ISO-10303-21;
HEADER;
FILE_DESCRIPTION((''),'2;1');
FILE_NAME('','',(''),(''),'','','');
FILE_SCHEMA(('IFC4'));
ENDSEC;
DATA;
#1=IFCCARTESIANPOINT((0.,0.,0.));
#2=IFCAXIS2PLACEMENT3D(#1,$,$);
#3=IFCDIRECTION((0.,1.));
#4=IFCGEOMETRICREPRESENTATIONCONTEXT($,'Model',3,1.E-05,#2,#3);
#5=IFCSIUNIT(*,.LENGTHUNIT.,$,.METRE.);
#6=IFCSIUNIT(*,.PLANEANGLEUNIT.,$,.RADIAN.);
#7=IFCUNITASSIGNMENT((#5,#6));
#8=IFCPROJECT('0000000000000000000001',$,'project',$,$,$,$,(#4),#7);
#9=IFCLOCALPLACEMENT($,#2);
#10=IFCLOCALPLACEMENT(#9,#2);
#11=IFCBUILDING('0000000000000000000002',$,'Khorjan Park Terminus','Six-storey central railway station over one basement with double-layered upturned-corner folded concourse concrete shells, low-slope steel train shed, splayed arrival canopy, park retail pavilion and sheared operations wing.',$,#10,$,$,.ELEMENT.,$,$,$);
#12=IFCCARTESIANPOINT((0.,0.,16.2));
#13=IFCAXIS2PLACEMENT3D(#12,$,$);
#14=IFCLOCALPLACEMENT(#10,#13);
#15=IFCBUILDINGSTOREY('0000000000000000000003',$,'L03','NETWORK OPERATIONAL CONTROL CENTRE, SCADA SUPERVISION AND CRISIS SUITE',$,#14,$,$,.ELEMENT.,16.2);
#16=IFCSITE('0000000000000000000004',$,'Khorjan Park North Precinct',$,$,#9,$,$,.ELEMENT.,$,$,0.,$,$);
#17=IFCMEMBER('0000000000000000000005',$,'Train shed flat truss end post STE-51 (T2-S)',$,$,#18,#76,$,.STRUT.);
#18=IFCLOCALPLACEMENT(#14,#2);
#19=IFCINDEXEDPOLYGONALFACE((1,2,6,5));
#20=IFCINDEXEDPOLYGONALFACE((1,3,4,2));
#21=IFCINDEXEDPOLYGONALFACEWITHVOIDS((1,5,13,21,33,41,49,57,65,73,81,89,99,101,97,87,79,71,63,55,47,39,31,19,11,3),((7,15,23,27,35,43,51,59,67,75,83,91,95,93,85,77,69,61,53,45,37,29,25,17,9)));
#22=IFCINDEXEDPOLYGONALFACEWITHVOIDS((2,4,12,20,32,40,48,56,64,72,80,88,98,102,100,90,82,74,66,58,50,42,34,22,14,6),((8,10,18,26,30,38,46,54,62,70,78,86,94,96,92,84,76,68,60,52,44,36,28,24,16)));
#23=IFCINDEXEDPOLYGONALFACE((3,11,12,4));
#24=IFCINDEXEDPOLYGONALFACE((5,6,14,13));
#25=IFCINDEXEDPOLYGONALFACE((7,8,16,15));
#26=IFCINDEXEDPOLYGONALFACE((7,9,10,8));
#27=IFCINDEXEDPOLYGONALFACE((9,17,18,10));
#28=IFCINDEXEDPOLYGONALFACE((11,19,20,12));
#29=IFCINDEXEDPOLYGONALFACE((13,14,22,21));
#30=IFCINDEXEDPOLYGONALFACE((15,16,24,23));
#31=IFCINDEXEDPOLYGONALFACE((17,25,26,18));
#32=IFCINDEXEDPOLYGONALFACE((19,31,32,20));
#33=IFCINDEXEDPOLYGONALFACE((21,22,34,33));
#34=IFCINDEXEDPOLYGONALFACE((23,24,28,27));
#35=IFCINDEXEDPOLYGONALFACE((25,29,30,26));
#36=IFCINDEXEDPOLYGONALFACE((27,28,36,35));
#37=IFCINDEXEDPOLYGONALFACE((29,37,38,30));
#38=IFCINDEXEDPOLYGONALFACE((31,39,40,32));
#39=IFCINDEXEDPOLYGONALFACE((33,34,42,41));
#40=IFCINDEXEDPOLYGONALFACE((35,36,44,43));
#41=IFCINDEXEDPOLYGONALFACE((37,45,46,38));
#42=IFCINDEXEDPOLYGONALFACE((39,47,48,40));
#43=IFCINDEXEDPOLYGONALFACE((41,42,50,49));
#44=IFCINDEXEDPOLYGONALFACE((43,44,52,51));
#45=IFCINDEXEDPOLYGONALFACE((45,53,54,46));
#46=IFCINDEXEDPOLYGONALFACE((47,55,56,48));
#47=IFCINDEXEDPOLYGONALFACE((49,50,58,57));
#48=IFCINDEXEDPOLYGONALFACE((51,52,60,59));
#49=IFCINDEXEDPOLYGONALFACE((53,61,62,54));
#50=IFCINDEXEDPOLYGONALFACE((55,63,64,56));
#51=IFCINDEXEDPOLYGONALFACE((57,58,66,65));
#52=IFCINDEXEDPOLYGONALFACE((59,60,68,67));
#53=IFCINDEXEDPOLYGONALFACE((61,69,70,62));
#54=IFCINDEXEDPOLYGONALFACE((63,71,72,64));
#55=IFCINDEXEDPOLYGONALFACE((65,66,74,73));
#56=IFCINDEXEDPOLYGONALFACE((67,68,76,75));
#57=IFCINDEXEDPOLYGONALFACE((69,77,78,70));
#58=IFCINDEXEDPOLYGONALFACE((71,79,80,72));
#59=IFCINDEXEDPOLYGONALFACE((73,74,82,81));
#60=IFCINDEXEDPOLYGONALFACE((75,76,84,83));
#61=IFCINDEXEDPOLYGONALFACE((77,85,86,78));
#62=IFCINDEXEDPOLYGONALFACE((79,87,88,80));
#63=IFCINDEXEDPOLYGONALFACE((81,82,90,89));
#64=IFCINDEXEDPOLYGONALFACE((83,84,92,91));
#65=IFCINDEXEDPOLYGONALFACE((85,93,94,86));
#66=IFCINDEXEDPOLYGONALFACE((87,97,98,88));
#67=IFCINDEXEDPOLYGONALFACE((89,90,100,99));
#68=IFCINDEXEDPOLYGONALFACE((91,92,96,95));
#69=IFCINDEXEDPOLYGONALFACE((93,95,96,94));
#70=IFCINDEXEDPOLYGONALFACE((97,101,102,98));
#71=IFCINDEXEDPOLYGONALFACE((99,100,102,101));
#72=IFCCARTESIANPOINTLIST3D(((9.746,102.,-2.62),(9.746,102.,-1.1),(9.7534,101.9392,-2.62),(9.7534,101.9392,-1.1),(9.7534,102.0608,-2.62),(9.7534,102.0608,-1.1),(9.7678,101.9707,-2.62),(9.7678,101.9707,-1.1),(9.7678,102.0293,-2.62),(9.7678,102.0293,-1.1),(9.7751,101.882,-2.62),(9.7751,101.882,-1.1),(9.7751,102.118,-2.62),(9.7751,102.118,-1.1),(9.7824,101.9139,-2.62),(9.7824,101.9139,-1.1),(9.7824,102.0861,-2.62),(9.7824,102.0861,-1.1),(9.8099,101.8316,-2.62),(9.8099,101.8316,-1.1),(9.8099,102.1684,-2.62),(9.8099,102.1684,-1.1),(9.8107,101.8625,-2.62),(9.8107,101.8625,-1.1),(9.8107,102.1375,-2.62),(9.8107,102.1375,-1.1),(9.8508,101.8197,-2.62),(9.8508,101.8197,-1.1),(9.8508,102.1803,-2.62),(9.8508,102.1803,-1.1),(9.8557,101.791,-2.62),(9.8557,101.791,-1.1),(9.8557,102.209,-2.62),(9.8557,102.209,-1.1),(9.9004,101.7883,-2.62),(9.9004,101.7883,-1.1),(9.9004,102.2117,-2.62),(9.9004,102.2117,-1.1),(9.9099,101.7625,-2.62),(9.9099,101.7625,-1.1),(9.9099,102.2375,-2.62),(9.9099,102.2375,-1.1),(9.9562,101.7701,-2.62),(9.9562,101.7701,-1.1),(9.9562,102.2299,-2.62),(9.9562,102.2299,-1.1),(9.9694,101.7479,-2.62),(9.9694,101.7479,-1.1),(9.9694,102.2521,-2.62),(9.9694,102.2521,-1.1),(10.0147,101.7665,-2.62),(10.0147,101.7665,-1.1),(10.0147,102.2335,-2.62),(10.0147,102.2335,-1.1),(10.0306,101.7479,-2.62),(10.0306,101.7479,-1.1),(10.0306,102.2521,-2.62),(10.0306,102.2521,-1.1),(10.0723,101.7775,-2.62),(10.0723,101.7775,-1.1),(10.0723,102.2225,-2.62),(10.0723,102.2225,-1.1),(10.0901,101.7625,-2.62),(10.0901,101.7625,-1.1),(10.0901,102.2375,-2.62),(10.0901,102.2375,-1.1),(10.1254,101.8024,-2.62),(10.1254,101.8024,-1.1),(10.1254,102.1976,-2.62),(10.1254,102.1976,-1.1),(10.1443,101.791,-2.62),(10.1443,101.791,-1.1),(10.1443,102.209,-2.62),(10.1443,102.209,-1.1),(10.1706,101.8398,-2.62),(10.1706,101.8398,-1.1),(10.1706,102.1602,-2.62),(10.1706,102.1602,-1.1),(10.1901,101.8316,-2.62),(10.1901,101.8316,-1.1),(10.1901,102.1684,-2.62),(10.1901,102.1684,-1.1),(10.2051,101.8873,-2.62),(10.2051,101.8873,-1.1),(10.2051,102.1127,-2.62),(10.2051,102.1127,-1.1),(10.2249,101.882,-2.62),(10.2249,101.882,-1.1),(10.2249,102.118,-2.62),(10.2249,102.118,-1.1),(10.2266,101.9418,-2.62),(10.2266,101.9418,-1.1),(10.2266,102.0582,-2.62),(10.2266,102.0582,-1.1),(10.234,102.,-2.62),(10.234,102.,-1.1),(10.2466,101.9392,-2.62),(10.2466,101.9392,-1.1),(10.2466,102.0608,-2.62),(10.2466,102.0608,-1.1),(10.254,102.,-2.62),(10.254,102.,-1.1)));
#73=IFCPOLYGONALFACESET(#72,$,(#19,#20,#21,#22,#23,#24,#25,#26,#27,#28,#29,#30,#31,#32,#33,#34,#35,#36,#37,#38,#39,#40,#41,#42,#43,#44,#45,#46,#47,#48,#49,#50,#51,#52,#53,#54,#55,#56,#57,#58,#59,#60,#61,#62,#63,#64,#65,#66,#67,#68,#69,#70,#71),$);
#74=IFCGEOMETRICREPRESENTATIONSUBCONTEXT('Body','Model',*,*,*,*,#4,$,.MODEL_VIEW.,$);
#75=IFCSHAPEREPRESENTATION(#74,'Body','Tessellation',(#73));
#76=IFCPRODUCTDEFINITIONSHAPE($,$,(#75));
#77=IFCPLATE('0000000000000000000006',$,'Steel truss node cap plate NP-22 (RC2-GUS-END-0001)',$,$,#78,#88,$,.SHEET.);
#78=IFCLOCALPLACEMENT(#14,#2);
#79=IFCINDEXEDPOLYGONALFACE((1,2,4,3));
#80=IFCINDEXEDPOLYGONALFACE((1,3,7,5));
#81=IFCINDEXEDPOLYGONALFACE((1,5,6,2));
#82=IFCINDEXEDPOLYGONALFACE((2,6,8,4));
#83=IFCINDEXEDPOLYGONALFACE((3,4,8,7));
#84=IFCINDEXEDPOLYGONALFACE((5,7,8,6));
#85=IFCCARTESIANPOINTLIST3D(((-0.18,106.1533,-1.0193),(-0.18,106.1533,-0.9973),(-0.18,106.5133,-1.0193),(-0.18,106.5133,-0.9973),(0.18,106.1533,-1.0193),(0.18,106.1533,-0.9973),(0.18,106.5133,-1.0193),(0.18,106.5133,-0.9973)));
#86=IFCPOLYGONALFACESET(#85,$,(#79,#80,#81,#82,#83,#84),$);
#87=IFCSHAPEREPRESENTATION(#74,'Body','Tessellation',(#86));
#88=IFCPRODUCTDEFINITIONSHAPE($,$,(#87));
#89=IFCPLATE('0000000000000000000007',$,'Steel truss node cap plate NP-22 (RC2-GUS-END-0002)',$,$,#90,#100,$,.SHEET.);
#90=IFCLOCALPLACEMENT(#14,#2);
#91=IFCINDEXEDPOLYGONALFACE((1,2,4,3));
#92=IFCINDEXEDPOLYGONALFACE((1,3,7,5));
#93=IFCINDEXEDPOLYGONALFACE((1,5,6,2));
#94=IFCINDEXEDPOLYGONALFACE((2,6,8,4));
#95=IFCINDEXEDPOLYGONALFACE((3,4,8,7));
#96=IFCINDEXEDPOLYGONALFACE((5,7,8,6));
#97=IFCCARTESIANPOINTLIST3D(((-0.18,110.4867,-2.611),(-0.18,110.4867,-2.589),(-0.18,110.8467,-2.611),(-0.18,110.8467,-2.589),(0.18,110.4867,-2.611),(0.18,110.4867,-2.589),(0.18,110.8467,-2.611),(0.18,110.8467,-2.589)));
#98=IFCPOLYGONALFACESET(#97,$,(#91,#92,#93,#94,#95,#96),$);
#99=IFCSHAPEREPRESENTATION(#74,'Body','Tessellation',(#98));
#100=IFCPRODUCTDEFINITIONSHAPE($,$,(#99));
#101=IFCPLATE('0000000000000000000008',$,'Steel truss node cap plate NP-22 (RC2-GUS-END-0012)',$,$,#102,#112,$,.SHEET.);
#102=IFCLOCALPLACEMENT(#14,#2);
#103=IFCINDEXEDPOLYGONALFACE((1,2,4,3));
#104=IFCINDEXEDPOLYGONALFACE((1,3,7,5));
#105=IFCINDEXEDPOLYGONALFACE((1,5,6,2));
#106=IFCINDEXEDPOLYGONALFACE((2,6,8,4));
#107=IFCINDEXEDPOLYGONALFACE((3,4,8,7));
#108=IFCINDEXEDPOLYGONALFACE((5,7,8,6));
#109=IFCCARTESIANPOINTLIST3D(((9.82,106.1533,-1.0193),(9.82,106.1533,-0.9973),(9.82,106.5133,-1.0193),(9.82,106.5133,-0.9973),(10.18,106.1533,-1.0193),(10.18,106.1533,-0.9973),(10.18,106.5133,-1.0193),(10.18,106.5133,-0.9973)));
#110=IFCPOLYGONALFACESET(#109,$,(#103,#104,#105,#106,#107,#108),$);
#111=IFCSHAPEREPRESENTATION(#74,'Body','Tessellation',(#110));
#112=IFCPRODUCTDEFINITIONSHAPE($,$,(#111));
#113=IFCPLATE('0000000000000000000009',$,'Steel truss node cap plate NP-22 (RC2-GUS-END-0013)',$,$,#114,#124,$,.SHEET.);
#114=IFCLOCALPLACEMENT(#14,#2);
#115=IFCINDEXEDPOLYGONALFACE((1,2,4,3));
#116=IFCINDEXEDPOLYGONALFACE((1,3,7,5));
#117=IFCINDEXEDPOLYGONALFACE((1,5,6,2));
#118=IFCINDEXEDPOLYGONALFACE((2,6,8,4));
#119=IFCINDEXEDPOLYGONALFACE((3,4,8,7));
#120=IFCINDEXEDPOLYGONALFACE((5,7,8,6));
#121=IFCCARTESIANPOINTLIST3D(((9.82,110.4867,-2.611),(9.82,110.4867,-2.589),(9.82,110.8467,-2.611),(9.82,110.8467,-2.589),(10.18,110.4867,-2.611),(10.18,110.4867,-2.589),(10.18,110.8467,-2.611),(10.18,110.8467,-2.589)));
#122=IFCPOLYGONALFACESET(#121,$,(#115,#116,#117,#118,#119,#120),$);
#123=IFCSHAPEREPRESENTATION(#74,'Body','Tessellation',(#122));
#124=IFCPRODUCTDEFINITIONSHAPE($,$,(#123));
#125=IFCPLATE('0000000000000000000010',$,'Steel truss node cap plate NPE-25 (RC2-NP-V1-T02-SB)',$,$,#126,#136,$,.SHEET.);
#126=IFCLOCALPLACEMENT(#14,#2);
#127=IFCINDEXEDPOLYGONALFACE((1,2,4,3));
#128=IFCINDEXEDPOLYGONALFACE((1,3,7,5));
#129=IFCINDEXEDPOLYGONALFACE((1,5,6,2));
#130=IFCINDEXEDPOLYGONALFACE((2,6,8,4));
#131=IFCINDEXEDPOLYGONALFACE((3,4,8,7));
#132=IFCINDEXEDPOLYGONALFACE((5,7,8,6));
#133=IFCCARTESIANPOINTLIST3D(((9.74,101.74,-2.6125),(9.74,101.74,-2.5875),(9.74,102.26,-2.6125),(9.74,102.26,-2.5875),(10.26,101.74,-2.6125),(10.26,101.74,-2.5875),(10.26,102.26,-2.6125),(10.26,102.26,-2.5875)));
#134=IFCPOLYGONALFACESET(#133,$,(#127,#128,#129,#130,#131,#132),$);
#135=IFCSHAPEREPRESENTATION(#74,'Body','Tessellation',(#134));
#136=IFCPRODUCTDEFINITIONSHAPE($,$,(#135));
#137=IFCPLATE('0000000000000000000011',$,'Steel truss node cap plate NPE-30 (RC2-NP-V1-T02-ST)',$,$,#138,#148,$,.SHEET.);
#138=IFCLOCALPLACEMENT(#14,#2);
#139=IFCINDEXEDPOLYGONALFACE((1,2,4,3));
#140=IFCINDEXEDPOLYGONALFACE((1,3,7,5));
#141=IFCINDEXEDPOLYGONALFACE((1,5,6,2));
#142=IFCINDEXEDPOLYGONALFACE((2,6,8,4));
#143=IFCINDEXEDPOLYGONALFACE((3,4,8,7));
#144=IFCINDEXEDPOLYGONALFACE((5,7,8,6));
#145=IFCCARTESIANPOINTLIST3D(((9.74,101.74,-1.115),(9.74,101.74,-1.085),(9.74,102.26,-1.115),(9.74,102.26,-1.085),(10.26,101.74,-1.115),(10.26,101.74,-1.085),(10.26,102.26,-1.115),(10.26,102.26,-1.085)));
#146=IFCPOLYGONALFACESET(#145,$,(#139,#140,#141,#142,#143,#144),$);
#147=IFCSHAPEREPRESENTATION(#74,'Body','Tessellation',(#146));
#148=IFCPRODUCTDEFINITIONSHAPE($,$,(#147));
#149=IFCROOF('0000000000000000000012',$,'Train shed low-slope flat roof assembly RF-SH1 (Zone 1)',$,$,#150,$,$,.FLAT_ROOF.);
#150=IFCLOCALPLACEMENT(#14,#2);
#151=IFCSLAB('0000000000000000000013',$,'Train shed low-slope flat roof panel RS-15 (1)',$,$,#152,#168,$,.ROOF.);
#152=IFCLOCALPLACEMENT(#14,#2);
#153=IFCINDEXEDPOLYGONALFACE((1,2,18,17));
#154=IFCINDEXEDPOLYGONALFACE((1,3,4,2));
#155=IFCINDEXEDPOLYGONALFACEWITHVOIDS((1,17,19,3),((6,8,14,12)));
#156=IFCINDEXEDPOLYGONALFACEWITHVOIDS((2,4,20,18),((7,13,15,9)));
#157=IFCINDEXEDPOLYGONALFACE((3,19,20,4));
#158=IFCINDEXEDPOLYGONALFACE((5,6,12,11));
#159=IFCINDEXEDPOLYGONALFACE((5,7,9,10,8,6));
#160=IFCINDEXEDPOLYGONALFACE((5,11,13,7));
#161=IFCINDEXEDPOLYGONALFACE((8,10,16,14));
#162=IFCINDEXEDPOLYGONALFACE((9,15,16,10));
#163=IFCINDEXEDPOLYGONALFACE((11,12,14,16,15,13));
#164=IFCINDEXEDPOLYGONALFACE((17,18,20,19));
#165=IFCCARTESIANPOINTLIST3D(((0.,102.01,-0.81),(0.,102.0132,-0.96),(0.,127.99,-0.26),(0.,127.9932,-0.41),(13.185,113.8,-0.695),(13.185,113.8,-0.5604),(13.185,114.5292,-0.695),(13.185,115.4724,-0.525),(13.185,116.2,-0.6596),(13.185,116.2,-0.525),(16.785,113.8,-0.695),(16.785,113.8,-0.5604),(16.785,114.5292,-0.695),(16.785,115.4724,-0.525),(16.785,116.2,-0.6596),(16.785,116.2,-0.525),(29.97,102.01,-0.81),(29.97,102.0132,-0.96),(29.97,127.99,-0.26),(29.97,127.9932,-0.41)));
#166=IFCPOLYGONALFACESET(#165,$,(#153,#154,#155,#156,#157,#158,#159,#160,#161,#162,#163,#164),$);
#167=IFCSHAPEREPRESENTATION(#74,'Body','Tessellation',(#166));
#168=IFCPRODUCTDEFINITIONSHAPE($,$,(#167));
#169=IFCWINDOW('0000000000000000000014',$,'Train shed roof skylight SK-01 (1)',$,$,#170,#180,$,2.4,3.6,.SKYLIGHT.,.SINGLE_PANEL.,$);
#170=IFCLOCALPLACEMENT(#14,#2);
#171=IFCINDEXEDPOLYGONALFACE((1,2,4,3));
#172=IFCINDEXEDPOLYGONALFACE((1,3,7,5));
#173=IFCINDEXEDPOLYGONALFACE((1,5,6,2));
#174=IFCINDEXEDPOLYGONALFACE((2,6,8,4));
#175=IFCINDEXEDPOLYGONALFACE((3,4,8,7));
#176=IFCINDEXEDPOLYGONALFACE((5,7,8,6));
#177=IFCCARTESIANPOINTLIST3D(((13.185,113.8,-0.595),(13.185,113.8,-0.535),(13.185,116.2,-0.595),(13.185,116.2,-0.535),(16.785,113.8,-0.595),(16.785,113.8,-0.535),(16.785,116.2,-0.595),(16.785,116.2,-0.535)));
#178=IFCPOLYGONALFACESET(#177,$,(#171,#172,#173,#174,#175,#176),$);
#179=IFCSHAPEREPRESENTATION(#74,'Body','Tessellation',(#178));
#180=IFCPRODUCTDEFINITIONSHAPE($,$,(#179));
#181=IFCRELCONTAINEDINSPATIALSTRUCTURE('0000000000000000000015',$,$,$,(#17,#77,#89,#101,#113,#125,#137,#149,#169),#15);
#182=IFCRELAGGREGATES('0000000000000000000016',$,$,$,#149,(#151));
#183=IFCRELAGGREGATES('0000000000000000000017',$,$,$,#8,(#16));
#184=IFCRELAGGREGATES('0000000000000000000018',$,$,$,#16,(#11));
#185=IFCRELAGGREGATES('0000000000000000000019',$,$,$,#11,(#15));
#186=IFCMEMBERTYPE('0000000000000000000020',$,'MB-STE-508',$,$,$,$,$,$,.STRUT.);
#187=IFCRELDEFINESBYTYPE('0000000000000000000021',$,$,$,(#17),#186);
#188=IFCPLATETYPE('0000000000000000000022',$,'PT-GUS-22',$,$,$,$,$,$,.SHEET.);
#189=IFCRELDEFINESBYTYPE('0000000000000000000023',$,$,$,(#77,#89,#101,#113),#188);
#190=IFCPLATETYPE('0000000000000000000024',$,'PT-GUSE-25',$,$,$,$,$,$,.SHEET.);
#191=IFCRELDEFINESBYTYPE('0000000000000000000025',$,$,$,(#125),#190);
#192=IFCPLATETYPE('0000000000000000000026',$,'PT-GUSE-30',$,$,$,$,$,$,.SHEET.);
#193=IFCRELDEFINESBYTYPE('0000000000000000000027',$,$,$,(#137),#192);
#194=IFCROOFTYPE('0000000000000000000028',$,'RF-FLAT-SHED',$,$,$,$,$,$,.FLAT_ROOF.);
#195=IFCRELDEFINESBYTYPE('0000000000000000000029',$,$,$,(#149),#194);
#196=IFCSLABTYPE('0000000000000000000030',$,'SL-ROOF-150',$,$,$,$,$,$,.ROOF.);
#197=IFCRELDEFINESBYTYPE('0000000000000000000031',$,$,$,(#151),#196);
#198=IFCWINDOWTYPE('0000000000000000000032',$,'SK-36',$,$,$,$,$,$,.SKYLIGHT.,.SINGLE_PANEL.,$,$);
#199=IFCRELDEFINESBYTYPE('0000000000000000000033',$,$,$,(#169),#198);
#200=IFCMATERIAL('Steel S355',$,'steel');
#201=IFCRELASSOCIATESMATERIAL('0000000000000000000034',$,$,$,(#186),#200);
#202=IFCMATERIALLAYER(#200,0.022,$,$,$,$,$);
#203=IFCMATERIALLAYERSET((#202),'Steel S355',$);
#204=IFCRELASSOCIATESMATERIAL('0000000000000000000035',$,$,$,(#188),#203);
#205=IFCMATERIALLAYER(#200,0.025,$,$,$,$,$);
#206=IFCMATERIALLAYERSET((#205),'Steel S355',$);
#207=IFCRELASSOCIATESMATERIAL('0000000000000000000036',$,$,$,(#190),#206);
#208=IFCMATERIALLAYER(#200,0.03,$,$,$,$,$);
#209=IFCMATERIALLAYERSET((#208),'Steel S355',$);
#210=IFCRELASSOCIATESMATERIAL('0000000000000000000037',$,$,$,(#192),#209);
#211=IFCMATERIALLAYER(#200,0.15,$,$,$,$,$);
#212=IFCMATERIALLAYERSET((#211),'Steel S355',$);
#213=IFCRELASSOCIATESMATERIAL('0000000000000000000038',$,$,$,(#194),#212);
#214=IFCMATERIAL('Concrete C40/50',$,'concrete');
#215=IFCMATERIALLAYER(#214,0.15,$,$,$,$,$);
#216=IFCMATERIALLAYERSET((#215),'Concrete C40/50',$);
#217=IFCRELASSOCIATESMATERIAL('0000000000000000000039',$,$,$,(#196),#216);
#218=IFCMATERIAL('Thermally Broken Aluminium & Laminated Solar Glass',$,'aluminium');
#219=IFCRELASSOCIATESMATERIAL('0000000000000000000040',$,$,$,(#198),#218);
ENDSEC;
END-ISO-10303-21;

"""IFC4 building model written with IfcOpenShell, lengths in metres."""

from ifc_helpers import new_model, si_unit, direction, frame, origin, origin_2d, place, context, subcontext, project, spatial, polyline, rectangle, hollow_circle, outline, extrude, material, layer, layer_set, material_profile, profile_set, type_object, element, fill, aggregate, save


model = new_model("IFC4")

# Units and contexts
model_context = context("Model", 3, precision=1e-05, world=origin(), true_north=direction((0.0, 1.0)))
body_context = subcontext(model_context, "Body", "Model", "MODEL_VIEW")
ifc_project = project(units=[si_unit("LENGTHUNIT", "METRE"), si_unit("PLANEANGLEUNIT", "RADIAN")], contexts=[model_context])

# Site, building, storey
site_placement = place(None, origin())
site = spatial("IfcSite", under=ifc_project, at=site_placement, Name="Khorjan Park North Precinct", CompositionType="ELEMENT", RefElevation=0.0)
building_placement = place(site_placement, origin())
building = spatial("IfcBuilding", under=site, at=building_placement, Name="Khorjan Park Terminus", Description="Six-storey central railway station over one basement with double-layered upturned-corner folded concourse concrete shells, low-slope steel train shed, splayed arrival canopy, park retail pavilion and sheared operations wing.", CompositionType="ELEMENT")
storey_placement = place(building_placement, frame((0.0, 0.0, 16.2)))
storey = spatial("IfcBuildingStorey", under=building, at=storey_placement, Name="L03", Description="NETWORK OPERATIONAL CONTROL CENTRE, SCADA SUPERVISION AND CRISIS SUITE", CompositionType="ELEMENT", Elevation=16.2)

# Member
ifc_material_1 = material(Name="Steel S355", Category="steel")
ifc_material_profile_1 = material_profile(ifc_material_1, hollow_circle(Radius=0.254, WallThickness=0.02, at=origin_2d()), Name="CHS 508x20")
ifc_profile_set_1 = profile_set([ifc_material_profile_1], Name="Steel S355")
member_type_1 = type_object("IfcMemberType", Name="MB-STE-508", PredefinedType="STRUT", material=ifc_profile_set_1)
member_1_placement = place(storey_placement, frame((10.0, 102.0, -2.62), z_axis=(0.0, 0.0, 1.0), x_axis=(1.0, 0.0, 0.0)))
element("IfcMember", 1, at=member_1_placement, inside=storey, type_object=member_type_1, Name="Train shed flat truss end post STE-51 (T2-S)", PredefinedType="STRUT", context=body_context, shape_type="SweptSolid", body=[
    extrude(hollow_circle(Radius=0.254, WallThickness=0.02, at=origin_2d()), origin(), (0.0, 0.0, 1.0), 1.52),
])

# Plates
ifc_layer_1 = layer(ifc_material_1, 0.022)
ifc_layer_set_1 = layer_set([ifc_layer_1], Name="Steel S355")
plate_type_1 = type_object("IfcPlateType", Name="PT-GUS-22", PredefinedType="SHEET", material=ifc_layer_set_1)
for number, where, z_axis, x_axis, name in (
    (2, (0.0, 106.3333, -1.0193), (0.0, 0.0, 1.0), (1.0, 0.0, 0.0), "Steel truss node cap plate NP-22 (RC2-GUS-END-0001)"),
    (3, (0.0, 110.6667, -2.611), (0.0, 0.0, 1.0), (1.0, 0.0, 0.0), "Steel truss node cap plate NP-22 (RC2-GUS-END-0002)"),
    (4, (10.0, 106.3333, -1.0193), (0.0, 0.0, 1.0), (1.0, 0.0, 0.0), "Steel truss node cap plate NP-22 (RC2-GUS-END-0012)"),
    (5, (10.0, 110.6667, -2.611), (0.0, 0.0, 1.0), (1.0, 0.0, 0.0), "Steel truss node cap plate NP-22 (RC2-GUS-END-0013)"),
):
    element("IfcPlate", number, at=place(storey_placement, frame(where, z_axis=z_axis, x_axis=x_axis)), inside=storey, type_object=plate_type_1, Name=name, PredefinedType="SHEET", context=body_context, shape_type="SweptSolid", body=[
        extrude(rectangle(XDim=0.36, YDim=0.36, at=origin_2d()), origin(), (0.0, 0.0, 1.0), 0.022),
    ])
ifc_layer_2 = layer(ifc_material_1, 0.025)
ifc_layer_set_2 = layer_set([ifc_layer_2], Name="Steel S355")
plate_type_2 = type_object("IfcPlateType", Name="PT-GUSE-25", PredefinedType="SHEET", material=ifc_layer_set_2)
plate_1_placement = place(storey_placement, frame((10.0, 102.0, -2.6125), z_axis=(0.0, 0.0, 1.0), x_axis=(1.0, 0.0, 0.0)))
element("IfcPlate", 6, at=plate_1_placement, inside=storey, type_object=plate_type_2, Name="Steel truss node cap plate NPE-25 (RC2-NP-V1-T02-SB)", PredefinedType="SHEET", context=body_context, shape_type="SweptSolid", body=[
    extrude(rectangle(XDim=0.52, YDim=0.52, at=origin_2d()), origin(), (0.0, 0.0, 1.0), 0.025),
])
ifc_layer_3 = layer(ifc_material_1, 0.03)
ifc_layer_set_3 = layer_set([ifc_layer_3], Name="Steel S355")
plate_type_3 = type_object("IfcPlateType", Name="PT-GUSE-30", PredefinedType="SHEET", material=ifc_layer_set_3)
plate_2_placement = place(storey_placement, frame((10.0, 102.0, -1.115), z_axis=(0.0, 0.0, 1.0), x_axis=(1.0, 0.0, 0.0)))
element("IfcPlate", 7, at=plate_2_placement, inside=storey, type_object=plate_type_3, Name="Steel truss node cap plate NPE-30 (RC2-NP-V1-T02-ST)", PredefinedType="SHEET", context=body_context, shape_type="SweptSolid", body=[
    extrude(rectangle(XDim=0.52, YDim=0.52, at=origin_2d()), origin(), (0.0, 0.0, 1.0), 0.03),
])

# Roof, slab, opening, window
ifc_layer_4 = layer(ifc_material_1, 0.15)
ifc_layer_set_4 = layer_set([ifc_layer_4], Name="Steel S355")
roof_type = type_object("IfcRoofType", Name="RF-FLAT-SHED", PredefinedType="FLAT_ROOF", material=ifc_layer_set_4)
roof_placement = place(storey_placement, origin())
roof = element("IfcRoof", 8, at=roof_placement, inside=storey, type_object=roof_type, Name="Train shed low-slope flat roof assembly RF-SH1 (Zone 1)", PredefinedType="FLAT_ROOF")
ifc_material_2 = material(Name="Concrete C40/50", Category="concrete")
ifc_layer_5 = layer(ifc_material_2, 0.15)
ifc_layer_set_5 = layer_set([ifc_layer_5], Name="Concrete C40/50")
slab_type = type_object("IfcSlabType", Name="SL-ROOF-150", PredefinedType="ROOF", material=ifc_layer_set_5)
slab_placement = place(storey_placement, frame((0.0, 102.01, -0.81), z_axis=(0.0, -0.021165, 0.999776), x_axis=(1.0, 0.0, 0.0)))
slab = element("IfcSlab", 9, at=slab_placement, type_object=slab_type, Name="Train shed low-slope flat roof panel RS-15 (1)", PredefinedType="ROOF", context=body_context, shape_type="SweptSolid", body=[
    extrude(outline(polyline([(0.0, 0.0), (29.97, 0.0), (29.97, 25.9858), (0.0, 25.9858), (0.0, 0.0)])), origin(), (0.0, 0.0, -1.0), 0.15),
])
opening_placement = place(storey_placement, frame((14.985, 115.0, -0.685), z_axis=(0.0, 0.0, 1.0), x_axis=(1.0, 0.0, 0.0)))
opening = element("IfcOpeningElement", 10, at=opening_placement, cuts=slab, PredefinedType="OPENING", context=body_context, shape_type="SweptSolid", body=[
    extrude(rectangle(XDim=3.6, YDim=2.4, at=origin_2d()), frame((0.0, 0.0, -0.01)), (0.0, 0.0, 1.0), 0.17),
])
ifc_material_3 = material(Name="Thermally Broken Aluminium & Laminated Solar Glass", Category="aluminium")
window_type = type_object("IfcWindowType", Name="SK-36", PartitioningType="SINGLE_PANEL", PredefinedType="SKYLIGHT", material=ifc_material_3)
window_placement = place(opening_placement, frame((0.0, 0.0, 0.09)))
window = element("IfcWindow", 11, at=window_placement, inside=storey, type_object=window_type, Name="Train shed roof skylight SK-01 (1)", OverallHeight=2.4, OverallWidth=3.6, PartitioningType="SINGLE_PANEL", PredefinedType="SKYLIGHT", context=body_context, shape_type="SweptSolid", body=[
    extrude(rectangle(XDim=3.6, YDim=2.4, at=origin_2d()), origin(), (0.0, 0.0, 1.0), 0.06),
])
fill(opening, window)
aggregate(roof, [slab])

save(model, "model.ifc")
